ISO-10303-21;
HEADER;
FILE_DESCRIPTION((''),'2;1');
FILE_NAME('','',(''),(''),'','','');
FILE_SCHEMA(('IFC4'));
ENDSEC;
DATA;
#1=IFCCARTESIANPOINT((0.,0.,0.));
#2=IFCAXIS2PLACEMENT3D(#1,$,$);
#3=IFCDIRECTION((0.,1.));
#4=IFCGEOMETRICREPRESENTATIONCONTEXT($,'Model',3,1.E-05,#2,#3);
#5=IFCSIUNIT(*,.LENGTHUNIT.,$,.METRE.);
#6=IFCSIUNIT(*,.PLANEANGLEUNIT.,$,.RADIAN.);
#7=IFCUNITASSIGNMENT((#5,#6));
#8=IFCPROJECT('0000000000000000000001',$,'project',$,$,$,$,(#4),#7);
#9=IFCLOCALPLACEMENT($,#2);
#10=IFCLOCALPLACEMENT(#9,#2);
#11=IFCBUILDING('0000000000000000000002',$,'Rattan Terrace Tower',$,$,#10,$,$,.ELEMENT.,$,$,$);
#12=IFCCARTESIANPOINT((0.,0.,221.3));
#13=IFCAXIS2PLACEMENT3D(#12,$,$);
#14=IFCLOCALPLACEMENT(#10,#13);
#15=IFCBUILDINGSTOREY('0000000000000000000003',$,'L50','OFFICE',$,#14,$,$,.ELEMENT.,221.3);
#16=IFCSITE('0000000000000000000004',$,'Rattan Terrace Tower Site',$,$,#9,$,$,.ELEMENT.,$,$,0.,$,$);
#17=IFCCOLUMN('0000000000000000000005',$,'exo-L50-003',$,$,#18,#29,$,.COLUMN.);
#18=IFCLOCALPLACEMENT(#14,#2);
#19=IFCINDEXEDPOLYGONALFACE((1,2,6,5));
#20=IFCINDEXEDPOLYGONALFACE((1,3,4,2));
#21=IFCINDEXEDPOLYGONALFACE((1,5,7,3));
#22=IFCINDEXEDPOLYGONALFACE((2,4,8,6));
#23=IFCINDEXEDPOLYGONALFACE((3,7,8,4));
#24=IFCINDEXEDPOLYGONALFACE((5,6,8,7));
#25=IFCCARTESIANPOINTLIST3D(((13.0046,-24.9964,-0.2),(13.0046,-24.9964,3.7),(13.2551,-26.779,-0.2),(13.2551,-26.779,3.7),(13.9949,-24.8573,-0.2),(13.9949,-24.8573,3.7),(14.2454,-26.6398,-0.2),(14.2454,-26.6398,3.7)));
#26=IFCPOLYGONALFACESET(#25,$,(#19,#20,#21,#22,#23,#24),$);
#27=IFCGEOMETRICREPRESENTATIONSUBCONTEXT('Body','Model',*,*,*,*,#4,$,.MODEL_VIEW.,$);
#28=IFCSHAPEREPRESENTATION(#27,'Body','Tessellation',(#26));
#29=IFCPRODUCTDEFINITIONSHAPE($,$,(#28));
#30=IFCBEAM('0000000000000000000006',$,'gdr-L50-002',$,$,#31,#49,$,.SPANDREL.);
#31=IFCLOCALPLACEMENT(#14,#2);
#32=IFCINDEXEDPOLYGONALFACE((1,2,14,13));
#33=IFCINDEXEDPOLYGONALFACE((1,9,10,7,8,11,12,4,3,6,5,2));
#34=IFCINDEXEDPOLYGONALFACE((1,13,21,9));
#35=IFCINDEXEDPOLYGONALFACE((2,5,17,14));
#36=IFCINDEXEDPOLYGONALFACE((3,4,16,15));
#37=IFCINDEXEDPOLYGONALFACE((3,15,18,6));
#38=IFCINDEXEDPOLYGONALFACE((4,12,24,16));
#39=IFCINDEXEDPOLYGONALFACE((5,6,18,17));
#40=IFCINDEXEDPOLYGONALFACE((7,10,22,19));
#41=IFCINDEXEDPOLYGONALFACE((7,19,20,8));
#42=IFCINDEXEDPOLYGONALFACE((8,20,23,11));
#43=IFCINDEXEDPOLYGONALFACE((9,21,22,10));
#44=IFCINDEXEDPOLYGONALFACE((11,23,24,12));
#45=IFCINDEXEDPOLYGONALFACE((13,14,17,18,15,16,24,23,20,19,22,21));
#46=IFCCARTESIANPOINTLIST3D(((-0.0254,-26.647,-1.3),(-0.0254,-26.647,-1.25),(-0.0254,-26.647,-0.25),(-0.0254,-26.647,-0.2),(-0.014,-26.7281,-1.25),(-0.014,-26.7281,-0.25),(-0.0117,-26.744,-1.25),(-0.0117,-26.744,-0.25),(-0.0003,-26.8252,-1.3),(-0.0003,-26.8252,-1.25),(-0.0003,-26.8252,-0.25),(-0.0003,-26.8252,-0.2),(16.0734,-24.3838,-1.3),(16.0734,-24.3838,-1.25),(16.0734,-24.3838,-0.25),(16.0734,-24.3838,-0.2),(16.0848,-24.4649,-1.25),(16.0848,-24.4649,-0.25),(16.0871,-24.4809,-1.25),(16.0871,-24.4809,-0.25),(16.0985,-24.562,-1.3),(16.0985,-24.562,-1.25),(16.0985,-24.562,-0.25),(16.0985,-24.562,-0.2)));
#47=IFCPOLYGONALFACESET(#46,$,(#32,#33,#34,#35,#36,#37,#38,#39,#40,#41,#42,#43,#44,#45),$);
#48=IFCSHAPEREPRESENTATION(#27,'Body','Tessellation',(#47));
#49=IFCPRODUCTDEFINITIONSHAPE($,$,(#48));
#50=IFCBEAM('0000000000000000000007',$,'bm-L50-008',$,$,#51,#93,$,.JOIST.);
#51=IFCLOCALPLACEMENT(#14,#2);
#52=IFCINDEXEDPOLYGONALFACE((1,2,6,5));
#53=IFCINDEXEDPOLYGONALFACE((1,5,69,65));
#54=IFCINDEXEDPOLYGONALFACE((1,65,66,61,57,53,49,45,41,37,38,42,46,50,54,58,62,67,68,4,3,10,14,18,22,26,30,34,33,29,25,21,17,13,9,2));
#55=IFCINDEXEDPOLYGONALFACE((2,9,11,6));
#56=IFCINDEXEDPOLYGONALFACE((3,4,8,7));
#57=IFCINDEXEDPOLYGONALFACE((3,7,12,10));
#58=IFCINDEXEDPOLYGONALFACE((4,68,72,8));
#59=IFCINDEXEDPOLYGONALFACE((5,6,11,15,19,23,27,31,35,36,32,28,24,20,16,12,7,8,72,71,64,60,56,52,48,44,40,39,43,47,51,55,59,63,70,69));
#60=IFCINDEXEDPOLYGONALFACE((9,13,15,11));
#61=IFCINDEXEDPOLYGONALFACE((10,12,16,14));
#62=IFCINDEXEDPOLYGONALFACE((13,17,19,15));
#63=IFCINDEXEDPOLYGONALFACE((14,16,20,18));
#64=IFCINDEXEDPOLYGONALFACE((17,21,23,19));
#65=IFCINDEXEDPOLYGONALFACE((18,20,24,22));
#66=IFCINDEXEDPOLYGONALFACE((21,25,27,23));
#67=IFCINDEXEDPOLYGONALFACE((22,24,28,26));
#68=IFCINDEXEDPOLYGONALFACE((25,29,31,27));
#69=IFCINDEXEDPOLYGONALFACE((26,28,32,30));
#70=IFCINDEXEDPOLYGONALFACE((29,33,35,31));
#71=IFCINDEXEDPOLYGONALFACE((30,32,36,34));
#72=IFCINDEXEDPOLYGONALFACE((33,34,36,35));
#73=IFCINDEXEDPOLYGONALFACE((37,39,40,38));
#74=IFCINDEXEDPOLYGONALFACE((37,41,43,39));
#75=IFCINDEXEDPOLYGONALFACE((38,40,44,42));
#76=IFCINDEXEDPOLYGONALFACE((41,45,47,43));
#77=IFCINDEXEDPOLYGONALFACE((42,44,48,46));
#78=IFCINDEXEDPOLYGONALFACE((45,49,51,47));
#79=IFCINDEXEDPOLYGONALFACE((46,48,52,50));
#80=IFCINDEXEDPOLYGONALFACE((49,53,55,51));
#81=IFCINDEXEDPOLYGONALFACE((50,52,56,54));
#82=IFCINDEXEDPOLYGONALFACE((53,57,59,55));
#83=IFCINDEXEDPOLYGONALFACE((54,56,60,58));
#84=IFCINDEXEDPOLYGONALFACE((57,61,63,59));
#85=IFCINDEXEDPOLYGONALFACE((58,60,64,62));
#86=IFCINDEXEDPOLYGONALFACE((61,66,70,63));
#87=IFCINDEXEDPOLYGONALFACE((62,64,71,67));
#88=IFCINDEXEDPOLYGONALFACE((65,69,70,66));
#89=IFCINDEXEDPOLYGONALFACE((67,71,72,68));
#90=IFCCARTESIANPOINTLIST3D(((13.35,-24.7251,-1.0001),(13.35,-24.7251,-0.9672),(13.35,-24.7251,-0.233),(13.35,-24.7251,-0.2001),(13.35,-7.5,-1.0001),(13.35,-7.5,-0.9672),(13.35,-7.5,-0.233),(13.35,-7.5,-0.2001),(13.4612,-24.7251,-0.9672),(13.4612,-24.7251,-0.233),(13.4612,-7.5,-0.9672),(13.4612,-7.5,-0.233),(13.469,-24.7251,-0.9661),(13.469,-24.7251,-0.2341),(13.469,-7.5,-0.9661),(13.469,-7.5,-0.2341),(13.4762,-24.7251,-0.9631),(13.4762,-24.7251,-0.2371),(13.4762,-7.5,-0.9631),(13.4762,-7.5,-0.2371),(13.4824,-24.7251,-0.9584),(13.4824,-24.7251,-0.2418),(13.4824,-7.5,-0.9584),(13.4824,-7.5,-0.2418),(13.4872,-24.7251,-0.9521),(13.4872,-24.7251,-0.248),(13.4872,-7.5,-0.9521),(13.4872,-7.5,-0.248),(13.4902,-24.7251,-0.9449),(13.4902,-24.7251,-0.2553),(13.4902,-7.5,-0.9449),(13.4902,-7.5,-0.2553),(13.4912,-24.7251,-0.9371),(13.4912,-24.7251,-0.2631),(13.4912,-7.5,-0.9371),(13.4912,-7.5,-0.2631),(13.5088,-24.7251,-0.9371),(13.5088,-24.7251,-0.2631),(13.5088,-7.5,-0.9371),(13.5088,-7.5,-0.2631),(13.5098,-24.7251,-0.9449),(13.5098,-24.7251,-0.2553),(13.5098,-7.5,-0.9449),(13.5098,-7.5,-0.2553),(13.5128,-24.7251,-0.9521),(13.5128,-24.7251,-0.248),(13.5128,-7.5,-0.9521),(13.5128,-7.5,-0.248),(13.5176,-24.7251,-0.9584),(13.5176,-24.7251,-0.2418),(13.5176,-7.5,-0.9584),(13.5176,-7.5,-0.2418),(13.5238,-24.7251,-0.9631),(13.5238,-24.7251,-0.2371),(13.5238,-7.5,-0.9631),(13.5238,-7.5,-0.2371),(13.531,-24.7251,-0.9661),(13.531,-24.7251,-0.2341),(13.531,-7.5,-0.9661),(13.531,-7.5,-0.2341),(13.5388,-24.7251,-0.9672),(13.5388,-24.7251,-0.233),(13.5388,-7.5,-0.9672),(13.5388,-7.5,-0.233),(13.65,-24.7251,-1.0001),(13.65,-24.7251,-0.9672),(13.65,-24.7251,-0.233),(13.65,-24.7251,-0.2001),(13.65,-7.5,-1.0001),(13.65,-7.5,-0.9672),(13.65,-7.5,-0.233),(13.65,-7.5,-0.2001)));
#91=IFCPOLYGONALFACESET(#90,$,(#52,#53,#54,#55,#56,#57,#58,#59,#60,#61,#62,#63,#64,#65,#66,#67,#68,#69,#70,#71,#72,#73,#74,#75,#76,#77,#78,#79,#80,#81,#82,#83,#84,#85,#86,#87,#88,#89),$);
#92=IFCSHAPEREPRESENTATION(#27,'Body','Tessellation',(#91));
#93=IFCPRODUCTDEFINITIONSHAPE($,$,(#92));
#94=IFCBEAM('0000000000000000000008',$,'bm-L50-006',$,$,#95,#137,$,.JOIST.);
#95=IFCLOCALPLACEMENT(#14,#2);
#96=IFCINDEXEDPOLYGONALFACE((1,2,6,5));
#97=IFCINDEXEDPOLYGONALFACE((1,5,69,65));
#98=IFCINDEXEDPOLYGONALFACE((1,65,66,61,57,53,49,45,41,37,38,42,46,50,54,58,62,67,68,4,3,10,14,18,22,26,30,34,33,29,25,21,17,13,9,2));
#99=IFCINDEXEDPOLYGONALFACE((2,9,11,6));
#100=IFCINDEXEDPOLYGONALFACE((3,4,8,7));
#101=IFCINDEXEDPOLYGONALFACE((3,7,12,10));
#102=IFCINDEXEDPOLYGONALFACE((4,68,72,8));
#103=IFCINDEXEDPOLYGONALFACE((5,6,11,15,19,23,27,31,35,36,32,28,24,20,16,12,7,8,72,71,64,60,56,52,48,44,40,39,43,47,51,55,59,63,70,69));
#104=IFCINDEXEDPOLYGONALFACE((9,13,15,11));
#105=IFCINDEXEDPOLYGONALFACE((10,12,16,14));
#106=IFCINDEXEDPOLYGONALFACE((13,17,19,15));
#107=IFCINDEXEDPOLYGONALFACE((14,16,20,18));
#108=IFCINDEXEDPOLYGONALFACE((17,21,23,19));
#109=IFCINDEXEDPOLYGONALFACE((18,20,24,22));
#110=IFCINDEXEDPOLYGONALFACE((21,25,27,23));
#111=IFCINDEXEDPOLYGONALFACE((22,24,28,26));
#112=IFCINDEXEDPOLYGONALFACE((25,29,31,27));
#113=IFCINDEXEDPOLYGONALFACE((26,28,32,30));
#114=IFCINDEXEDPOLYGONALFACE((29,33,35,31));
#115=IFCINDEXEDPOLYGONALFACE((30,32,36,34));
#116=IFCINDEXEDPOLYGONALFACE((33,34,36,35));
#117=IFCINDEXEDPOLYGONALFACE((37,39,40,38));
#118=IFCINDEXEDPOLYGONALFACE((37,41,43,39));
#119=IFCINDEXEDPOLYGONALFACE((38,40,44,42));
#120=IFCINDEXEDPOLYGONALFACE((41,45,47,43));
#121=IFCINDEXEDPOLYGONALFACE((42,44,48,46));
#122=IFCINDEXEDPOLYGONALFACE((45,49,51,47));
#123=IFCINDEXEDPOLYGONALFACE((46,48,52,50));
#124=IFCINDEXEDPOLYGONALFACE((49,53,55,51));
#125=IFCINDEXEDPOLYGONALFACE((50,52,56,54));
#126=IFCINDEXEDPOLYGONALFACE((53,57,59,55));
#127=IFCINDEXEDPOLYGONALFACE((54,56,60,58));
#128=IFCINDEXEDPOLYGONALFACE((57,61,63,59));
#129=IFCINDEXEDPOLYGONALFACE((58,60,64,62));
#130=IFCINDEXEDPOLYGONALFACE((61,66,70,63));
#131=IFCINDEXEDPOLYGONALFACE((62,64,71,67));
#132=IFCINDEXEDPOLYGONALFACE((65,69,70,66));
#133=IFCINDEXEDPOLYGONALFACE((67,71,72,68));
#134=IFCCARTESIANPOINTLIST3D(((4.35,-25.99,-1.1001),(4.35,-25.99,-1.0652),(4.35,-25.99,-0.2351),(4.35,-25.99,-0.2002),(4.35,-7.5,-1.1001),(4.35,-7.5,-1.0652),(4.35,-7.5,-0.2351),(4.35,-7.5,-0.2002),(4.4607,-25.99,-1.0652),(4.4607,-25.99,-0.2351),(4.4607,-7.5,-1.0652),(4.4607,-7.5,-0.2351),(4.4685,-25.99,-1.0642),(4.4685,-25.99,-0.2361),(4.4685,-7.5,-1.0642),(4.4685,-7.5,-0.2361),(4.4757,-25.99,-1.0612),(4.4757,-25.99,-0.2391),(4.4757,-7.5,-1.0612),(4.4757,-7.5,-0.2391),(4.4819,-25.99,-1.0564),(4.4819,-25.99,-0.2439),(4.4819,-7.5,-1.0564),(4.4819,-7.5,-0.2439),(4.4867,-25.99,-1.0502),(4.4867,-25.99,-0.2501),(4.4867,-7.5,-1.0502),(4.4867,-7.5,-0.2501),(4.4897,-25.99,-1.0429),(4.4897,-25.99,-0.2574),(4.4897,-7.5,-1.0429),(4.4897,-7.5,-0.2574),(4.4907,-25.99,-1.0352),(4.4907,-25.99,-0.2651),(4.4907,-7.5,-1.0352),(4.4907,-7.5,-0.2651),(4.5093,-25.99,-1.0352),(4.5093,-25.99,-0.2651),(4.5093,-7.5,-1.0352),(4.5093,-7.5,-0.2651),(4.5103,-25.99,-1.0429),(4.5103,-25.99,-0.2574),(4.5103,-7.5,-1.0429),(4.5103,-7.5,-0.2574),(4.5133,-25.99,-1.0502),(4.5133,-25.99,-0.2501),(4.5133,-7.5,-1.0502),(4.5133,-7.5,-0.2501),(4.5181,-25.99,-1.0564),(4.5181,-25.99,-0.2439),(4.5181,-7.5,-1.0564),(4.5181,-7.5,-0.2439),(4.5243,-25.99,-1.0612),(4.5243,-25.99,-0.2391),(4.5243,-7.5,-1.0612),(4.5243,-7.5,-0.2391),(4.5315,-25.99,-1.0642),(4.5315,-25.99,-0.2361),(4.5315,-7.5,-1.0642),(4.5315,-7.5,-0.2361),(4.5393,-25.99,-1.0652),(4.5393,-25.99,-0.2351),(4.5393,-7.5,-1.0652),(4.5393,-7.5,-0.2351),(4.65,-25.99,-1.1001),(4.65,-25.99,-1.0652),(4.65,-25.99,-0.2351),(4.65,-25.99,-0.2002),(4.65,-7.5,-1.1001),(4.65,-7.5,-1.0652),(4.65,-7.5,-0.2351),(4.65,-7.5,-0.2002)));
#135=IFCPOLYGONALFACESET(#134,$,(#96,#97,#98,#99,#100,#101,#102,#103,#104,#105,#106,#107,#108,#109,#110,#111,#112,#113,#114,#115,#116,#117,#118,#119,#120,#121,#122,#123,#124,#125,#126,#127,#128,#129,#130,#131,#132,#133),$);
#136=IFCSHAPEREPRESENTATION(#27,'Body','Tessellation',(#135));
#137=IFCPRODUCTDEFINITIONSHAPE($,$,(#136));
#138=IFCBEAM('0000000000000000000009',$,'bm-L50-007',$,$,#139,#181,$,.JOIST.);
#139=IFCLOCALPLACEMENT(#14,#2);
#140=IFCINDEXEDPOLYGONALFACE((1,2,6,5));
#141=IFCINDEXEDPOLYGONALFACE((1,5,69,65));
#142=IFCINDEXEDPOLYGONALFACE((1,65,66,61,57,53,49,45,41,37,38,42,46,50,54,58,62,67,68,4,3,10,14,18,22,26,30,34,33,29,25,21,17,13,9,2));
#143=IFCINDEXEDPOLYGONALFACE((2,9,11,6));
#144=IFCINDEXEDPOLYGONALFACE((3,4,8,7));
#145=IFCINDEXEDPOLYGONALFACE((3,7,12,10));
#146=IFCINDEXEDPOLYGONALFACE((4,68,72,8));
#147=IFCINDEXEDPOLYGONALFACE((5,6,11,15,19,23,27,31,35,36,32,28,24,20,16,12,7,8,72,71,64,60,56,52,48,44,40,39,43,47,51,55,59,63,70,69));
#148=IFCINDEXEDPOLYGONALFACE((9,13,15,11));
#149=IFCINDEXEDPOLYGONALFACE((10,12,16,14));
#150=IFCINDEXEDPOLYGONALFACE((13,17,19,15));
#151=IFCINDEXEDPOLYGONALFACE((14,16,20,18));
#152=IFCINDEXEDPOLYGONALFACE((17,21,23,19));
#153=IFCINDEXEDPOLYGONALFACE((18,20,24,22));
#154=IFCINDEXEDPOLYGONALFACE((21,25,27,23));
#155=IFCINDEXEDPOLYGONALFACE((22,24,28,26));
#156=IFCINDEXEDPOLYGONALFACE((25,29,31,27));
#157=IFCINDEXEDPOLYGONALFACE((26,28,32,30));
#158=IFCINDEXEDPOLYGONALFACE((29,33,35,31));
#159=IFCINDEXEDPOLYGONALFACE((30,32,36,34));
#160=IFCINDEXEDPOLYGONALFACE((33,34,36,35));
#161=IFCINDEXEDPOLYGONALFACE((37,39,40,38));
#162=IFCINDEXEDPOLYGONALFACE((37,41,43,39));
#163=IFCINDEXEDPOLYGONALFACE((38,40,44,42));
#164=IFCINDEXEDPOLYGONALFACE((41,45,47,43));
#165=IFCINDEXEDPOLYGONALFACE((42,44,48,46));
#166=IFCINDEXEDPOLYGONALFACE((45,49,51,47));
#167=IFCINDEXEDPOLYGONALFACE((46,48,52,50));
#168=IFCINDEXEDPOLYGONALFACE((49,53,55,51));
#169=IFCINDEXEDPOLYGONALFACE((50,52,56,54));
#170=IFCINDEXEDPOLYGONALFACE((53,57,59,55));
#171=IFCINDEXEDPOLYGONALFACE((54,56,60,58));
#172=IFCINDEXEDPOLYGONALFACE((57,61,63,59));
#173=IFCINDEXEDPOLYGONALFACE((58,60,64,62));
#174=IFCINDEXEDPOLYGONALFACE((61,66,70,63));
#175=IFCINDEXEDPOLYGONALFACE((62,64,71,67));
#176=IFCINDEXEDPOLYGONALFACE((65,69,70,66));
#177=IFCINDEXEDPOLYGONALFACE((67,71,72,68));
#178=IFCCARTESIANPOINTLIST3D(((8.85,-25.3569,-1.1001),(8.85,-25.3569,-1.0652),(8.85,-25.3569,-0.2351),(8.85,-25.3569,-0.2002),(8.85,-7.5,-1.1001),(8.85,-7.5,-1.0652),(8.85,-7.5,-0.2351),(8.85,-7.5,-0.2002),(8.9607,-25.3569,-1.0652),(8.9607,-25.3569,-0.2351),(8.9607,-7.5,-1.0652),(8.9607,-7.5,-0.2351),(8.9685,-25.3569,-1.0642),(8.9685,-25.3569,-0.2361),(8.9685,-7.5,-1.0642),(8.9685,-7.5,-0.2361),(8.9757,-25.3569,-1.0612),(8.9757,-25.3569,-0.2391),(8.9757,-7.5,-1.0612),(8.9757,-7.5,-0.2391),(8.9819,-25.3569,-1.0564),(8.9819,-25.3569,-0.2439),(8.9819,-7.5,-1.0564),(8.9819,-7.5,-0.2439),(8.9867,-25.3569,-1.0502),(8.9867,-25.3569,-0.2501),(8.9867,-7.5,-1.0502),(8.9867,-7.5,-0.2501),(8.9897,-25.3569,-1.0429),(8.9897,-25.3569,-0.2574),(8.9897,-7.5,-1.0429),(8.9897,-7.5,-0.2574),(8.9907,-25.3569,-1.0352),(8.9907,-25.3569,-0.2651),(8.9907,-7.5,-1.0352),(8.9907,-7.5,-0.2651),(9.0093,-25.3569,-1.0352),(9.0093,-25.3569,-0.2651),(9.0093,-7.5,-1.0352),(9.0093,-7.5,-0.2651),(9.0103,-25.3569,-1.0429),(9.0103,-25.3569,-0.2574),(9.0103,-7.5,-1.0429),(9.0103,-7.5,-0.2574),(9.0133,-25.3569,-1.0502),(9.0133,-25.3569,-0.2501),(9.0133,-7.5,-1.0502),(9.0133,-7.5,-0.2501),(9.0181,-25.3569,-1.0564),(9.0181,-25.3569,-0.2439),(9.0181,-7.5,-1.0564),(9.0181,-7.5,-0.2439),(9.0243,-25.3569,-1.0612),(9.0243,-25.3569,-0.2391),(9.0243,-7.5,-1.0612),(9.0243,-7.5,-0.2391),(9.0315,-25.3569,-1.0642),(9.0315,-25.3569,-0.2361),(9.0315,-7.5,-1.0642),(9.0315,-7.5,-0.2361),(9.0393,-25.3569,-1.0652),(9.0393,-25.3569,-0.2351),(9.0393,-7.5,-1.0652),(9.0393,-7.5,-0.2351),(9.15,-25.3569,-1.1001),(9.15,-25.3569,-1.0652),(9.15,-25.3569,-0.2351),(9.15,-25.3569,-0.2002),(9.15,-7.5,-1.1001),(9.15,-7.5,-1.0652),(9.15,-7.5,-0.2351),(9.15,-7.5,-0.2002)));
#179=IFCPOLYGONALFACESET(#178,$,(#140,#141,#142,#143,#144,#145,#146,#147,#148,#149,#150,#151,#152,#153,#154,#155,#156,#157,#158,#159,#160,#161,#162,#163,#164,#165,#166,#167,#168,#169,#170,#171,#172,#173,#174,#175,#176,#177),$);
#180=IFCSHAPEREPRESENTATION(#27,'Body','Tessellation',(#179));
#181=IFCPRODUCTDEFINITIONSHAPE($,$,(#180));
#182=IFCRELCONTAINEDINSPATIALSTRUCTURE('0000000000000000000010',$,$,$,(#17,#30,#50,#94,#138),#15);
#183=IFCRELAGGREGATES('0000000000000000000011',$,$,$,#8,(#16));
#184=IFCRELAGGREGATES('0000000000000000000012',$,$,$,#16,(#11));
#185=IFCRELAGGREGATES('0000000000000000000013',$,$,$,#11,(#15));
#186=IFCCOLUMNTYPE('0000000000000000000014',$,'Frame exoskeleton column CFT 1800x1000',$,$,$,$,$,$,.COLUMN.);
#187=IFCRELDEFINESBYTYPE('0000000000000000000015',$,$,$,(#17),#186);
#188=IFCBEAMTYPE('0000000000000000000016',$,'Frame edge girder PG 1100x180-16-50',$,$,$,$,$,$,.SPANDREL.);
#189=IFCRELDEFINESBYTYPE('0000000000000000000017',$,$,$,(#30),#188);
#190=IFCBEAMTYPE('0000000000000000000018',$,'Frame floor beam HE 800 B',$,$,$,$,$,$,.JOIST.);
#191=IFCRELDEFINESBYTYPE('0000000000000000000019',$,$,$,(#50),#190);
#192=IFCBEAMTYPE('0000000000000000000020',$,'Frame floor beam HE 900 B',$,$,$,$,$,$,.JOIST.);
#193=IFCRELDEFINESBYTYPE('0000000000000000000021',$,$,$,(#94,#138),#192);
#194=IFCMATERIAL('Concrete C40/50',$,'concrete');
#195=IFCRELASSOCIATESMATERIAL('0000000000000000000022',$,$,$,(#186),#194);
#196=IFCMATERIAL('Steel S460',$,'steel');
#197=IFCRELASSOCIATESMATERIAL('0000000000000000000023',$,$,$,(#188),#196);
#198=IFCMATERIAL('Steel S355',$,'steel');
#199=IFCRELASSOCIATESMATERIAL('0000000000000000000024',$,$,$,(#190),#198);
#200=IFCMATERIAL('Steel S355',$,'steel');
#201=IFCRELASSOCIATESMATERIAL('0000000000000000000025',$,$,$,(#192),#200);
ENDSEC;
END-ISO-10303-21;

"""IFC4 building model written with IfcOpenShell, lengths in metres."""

from ifc_helpers import new_model, si_unit, direction, frame, origin, origin_2d, place, context, subcontext, project, spatial, rectangle, i_section, extrude, material, material_profile, profile_set, type_object, element, save


model = new_model("IFC4")

# Units and contexts
model_context = context("Model", 3, precision=1e-05, world=origin(), true_north=direction((0.0, 1.0)))
body_context = subcontext(model_context, "Body", "Model", "MODEL_VIEW")
ifc_project = project(units=[si_unit("LENGTHUNIT", "METRE"), si_unit("PLANEANGLEUNIT", "RADIAN")], contexts=[model_context])

# Site, building, storey
site_placement = place(None, origin())
site = spatial("IfcSite", under=ifc_project, at=site_placement, Name="Rattan Terrace Tower Site", CompositionType="ELEMENT", RefElevation=0.0)
building_placement = place(site_placement, origin())
building = spatial("IfcBuilding", under=site, at=building_placement, Name="Rattan Terrace Tower", CompositionType="ELEMENT")
storey_placement = place(building_placement, frame((0.0, 0.0, 221.3)))
storey = spatial("IfcBuildingStorey", under=building, at=storey_placement, Name="L50", Description="OFFICE", CompositionType="ELEMENT", Elevation=221.3)

# Column
ifc_material_1 = material(Name="Concrete C40/50", Category="concrete")
ifc_material_profile_1 = material_profile(ifc_material_1, rectangle(XDim=1.0, YDim=1.8, at=origin_2d()), Name="CFT 1800x1000")
ifc_profile_set_1 = profile_set([ifc_material_profile_1], Name="Concrete C40/50")
column_type = type_object("IfcColumnType", Name="Frame exoskeleton column CFT 1800x1000", PredefinedType="COLUMN", material=ifc_profile_set_1)
column_placement = place(storey_placement, frame((13.625, -25.8181, -0.2), z_axis=(0.0, 0.0, 1.0), x_axis=(0.990268, 0.139173, 0.0)))
element("IfcColumn", 1, at=column_placement, inside=storey, type_object=column_type, Name="exo-L50-003", PredefinedType="COLUMN", context=body_context, shape_type="SweptSolid", body=[
    extrude(rectangle(XDim=1.0, YDim=1.8, at=origin_2d()), origin(), (0.0, 0.0, 1.0), 3.8999),
])

# Beams
ifc_material_2 = material(Name="Steel S460", Category="steel")
ifc_material_profile_2 = material_profile(ifc_material_2, i_section(OverallWidth=0.1799, OverallDepth=1.1001, WebThickness=0.0161, FlangeThickness=0.05, at=origin_2d()), Name="PG 1100x180-16-50")
ifc_profile_set_2 = profile_set([ifc_material_profile_2], Name="Steel S460")
beam_type_1 = type_object("IfcBeamType", Name="Frame edge girder PG 1100x180-16-50", PredefinedType="SPANDREL", material=ifc_profile_set_2)
beam_1_placement = place(storey_placement, frame((16.0859, -24.4729, -0.75), z_axis=(-0.990263, -0.139211, 0.0), x_axis=(0.139211, -0.990263, 0.0)))
element("IfcBeam", 2, at=beam_1_placement, inside=storey, type_object=beam_type_1, Name="gdr-L50-002", PredefinedType="SPANDREL", context=body_context, shape_type="SweptSolid", body=[
    extrude(i_section(OverallWidth=0.1799, OverallDepth=1.1001, WebThickness=0.0161, FlangeThickness=0.05, at=origin_2d()), origin(), (0.0, 0.0, 1.0), 16.2571),
])
ifc_material_3 = material(Name="Steel S355", Category="steel")
ifc_material_profile_3 = material_profile(ifc_material_3, i_section(OverallWidth=0.3, OverallDepth=0.8, WebThickness=0.0176, FlangeThickness=0.033, FilletRadius=0.03, at=origin_2d()), Name="HE 800 B")
ifc_profile_set_3 = profile_set([ifc_material_profile_3], Name="Steel S355")
beam_type_2 = type_object("IfcBeamType", Name="Frame floor beam HE 800 B", PredefinedType="JOIST", material=ifc_profile_set_3)
beam_2_placement = place(storey_placement, frame((13.5, -24.7251, -0.6001), z_axis=(0.0, 1.0, 0.0), x_axis=(-1.0, 0.0, 0.0)))
element("IfcBeam", 3, at=beam_2_placement, inside=storey, type_object=beam_type_2, Name="bm-L50-008", PredefinedType="JOIST", context=body_context, shape_type="SweptSolid", body=[
    extrude(i_section(OverallWidth=0.3, OverallDepth=0.8, WebThickness=0.0176, FlangeThickness=0.033, FilletRadius=0.03, at=origin_2d()), origin(), (0.0, 0.0, 1.0), 17.2251),
])
ifc_material_4 = material(Name="Steel S355", Category="steel")
ifc_material_profile_4 = material_profile(ifc_material_4, i_section(OverallWidth=0.3, OverallDepth=0.8999, WebThickness=0.0186, FlangeThickness=0.0349, FilletRadius=0.03, at=origin_2d()), Name="HE 900 B")
ifc_profile_set_4 = profile_set([ifc_material_profile_4], Name="Steel S355")
beam_type_3 = type_object("IfcBeamType", Name="Frame floor beam HE 900 B", PredefinedType="JOIST", material=ifc_profile_set_4)
beam_3_placement = place(storey_placement, frame((4.5, -25.99, -0.6501), z_axis=(0.0, 1.0, 0.0), x_axis=(-1.0, 0.0, 0.0)))
element("IfcBeam", 4, at=beam_3_placement, inside=storey, type_object=beam_type_3, Name="bm-L50-006", PredefinedType="JOIST", context=body_context, shape_type="SweptSolid", body=[
    extrude(i_section(OverallWidth=0.3, OverallDepth=0.8999, WebThickness=0.0186, FlangeThickness=0.0349, FilletRadius=0.03, at=origin_2d()), origin(), (0.0, 0.0, 1.0), 18.49),
])
beam_4_placement = place(storey_placement, frame((9.0, -25.3569, -0.6501), z_axis=(0.0, 1.0, 0.0), x_axis=(-1.0, 0.0, 0.0)))
element("IfcBeam", 5, at=beam_4_placement, inside=storey, type_object=beam_type_3, Name="bm-L50-007", PredefinedType="JOIST", context=body_context, shape_type="SweptSolid", body=[
    extrude(i_section(OverallWidth=0.3, OverallDepth=0.8999, WebThickness=0.0186, FlangeThickness=0.0349, FilletRadius=0.03, at=origin_2d()), origin(), (0.0, 0.0, 1.0), 17.8569),
])

save(model, "model.ifc")
